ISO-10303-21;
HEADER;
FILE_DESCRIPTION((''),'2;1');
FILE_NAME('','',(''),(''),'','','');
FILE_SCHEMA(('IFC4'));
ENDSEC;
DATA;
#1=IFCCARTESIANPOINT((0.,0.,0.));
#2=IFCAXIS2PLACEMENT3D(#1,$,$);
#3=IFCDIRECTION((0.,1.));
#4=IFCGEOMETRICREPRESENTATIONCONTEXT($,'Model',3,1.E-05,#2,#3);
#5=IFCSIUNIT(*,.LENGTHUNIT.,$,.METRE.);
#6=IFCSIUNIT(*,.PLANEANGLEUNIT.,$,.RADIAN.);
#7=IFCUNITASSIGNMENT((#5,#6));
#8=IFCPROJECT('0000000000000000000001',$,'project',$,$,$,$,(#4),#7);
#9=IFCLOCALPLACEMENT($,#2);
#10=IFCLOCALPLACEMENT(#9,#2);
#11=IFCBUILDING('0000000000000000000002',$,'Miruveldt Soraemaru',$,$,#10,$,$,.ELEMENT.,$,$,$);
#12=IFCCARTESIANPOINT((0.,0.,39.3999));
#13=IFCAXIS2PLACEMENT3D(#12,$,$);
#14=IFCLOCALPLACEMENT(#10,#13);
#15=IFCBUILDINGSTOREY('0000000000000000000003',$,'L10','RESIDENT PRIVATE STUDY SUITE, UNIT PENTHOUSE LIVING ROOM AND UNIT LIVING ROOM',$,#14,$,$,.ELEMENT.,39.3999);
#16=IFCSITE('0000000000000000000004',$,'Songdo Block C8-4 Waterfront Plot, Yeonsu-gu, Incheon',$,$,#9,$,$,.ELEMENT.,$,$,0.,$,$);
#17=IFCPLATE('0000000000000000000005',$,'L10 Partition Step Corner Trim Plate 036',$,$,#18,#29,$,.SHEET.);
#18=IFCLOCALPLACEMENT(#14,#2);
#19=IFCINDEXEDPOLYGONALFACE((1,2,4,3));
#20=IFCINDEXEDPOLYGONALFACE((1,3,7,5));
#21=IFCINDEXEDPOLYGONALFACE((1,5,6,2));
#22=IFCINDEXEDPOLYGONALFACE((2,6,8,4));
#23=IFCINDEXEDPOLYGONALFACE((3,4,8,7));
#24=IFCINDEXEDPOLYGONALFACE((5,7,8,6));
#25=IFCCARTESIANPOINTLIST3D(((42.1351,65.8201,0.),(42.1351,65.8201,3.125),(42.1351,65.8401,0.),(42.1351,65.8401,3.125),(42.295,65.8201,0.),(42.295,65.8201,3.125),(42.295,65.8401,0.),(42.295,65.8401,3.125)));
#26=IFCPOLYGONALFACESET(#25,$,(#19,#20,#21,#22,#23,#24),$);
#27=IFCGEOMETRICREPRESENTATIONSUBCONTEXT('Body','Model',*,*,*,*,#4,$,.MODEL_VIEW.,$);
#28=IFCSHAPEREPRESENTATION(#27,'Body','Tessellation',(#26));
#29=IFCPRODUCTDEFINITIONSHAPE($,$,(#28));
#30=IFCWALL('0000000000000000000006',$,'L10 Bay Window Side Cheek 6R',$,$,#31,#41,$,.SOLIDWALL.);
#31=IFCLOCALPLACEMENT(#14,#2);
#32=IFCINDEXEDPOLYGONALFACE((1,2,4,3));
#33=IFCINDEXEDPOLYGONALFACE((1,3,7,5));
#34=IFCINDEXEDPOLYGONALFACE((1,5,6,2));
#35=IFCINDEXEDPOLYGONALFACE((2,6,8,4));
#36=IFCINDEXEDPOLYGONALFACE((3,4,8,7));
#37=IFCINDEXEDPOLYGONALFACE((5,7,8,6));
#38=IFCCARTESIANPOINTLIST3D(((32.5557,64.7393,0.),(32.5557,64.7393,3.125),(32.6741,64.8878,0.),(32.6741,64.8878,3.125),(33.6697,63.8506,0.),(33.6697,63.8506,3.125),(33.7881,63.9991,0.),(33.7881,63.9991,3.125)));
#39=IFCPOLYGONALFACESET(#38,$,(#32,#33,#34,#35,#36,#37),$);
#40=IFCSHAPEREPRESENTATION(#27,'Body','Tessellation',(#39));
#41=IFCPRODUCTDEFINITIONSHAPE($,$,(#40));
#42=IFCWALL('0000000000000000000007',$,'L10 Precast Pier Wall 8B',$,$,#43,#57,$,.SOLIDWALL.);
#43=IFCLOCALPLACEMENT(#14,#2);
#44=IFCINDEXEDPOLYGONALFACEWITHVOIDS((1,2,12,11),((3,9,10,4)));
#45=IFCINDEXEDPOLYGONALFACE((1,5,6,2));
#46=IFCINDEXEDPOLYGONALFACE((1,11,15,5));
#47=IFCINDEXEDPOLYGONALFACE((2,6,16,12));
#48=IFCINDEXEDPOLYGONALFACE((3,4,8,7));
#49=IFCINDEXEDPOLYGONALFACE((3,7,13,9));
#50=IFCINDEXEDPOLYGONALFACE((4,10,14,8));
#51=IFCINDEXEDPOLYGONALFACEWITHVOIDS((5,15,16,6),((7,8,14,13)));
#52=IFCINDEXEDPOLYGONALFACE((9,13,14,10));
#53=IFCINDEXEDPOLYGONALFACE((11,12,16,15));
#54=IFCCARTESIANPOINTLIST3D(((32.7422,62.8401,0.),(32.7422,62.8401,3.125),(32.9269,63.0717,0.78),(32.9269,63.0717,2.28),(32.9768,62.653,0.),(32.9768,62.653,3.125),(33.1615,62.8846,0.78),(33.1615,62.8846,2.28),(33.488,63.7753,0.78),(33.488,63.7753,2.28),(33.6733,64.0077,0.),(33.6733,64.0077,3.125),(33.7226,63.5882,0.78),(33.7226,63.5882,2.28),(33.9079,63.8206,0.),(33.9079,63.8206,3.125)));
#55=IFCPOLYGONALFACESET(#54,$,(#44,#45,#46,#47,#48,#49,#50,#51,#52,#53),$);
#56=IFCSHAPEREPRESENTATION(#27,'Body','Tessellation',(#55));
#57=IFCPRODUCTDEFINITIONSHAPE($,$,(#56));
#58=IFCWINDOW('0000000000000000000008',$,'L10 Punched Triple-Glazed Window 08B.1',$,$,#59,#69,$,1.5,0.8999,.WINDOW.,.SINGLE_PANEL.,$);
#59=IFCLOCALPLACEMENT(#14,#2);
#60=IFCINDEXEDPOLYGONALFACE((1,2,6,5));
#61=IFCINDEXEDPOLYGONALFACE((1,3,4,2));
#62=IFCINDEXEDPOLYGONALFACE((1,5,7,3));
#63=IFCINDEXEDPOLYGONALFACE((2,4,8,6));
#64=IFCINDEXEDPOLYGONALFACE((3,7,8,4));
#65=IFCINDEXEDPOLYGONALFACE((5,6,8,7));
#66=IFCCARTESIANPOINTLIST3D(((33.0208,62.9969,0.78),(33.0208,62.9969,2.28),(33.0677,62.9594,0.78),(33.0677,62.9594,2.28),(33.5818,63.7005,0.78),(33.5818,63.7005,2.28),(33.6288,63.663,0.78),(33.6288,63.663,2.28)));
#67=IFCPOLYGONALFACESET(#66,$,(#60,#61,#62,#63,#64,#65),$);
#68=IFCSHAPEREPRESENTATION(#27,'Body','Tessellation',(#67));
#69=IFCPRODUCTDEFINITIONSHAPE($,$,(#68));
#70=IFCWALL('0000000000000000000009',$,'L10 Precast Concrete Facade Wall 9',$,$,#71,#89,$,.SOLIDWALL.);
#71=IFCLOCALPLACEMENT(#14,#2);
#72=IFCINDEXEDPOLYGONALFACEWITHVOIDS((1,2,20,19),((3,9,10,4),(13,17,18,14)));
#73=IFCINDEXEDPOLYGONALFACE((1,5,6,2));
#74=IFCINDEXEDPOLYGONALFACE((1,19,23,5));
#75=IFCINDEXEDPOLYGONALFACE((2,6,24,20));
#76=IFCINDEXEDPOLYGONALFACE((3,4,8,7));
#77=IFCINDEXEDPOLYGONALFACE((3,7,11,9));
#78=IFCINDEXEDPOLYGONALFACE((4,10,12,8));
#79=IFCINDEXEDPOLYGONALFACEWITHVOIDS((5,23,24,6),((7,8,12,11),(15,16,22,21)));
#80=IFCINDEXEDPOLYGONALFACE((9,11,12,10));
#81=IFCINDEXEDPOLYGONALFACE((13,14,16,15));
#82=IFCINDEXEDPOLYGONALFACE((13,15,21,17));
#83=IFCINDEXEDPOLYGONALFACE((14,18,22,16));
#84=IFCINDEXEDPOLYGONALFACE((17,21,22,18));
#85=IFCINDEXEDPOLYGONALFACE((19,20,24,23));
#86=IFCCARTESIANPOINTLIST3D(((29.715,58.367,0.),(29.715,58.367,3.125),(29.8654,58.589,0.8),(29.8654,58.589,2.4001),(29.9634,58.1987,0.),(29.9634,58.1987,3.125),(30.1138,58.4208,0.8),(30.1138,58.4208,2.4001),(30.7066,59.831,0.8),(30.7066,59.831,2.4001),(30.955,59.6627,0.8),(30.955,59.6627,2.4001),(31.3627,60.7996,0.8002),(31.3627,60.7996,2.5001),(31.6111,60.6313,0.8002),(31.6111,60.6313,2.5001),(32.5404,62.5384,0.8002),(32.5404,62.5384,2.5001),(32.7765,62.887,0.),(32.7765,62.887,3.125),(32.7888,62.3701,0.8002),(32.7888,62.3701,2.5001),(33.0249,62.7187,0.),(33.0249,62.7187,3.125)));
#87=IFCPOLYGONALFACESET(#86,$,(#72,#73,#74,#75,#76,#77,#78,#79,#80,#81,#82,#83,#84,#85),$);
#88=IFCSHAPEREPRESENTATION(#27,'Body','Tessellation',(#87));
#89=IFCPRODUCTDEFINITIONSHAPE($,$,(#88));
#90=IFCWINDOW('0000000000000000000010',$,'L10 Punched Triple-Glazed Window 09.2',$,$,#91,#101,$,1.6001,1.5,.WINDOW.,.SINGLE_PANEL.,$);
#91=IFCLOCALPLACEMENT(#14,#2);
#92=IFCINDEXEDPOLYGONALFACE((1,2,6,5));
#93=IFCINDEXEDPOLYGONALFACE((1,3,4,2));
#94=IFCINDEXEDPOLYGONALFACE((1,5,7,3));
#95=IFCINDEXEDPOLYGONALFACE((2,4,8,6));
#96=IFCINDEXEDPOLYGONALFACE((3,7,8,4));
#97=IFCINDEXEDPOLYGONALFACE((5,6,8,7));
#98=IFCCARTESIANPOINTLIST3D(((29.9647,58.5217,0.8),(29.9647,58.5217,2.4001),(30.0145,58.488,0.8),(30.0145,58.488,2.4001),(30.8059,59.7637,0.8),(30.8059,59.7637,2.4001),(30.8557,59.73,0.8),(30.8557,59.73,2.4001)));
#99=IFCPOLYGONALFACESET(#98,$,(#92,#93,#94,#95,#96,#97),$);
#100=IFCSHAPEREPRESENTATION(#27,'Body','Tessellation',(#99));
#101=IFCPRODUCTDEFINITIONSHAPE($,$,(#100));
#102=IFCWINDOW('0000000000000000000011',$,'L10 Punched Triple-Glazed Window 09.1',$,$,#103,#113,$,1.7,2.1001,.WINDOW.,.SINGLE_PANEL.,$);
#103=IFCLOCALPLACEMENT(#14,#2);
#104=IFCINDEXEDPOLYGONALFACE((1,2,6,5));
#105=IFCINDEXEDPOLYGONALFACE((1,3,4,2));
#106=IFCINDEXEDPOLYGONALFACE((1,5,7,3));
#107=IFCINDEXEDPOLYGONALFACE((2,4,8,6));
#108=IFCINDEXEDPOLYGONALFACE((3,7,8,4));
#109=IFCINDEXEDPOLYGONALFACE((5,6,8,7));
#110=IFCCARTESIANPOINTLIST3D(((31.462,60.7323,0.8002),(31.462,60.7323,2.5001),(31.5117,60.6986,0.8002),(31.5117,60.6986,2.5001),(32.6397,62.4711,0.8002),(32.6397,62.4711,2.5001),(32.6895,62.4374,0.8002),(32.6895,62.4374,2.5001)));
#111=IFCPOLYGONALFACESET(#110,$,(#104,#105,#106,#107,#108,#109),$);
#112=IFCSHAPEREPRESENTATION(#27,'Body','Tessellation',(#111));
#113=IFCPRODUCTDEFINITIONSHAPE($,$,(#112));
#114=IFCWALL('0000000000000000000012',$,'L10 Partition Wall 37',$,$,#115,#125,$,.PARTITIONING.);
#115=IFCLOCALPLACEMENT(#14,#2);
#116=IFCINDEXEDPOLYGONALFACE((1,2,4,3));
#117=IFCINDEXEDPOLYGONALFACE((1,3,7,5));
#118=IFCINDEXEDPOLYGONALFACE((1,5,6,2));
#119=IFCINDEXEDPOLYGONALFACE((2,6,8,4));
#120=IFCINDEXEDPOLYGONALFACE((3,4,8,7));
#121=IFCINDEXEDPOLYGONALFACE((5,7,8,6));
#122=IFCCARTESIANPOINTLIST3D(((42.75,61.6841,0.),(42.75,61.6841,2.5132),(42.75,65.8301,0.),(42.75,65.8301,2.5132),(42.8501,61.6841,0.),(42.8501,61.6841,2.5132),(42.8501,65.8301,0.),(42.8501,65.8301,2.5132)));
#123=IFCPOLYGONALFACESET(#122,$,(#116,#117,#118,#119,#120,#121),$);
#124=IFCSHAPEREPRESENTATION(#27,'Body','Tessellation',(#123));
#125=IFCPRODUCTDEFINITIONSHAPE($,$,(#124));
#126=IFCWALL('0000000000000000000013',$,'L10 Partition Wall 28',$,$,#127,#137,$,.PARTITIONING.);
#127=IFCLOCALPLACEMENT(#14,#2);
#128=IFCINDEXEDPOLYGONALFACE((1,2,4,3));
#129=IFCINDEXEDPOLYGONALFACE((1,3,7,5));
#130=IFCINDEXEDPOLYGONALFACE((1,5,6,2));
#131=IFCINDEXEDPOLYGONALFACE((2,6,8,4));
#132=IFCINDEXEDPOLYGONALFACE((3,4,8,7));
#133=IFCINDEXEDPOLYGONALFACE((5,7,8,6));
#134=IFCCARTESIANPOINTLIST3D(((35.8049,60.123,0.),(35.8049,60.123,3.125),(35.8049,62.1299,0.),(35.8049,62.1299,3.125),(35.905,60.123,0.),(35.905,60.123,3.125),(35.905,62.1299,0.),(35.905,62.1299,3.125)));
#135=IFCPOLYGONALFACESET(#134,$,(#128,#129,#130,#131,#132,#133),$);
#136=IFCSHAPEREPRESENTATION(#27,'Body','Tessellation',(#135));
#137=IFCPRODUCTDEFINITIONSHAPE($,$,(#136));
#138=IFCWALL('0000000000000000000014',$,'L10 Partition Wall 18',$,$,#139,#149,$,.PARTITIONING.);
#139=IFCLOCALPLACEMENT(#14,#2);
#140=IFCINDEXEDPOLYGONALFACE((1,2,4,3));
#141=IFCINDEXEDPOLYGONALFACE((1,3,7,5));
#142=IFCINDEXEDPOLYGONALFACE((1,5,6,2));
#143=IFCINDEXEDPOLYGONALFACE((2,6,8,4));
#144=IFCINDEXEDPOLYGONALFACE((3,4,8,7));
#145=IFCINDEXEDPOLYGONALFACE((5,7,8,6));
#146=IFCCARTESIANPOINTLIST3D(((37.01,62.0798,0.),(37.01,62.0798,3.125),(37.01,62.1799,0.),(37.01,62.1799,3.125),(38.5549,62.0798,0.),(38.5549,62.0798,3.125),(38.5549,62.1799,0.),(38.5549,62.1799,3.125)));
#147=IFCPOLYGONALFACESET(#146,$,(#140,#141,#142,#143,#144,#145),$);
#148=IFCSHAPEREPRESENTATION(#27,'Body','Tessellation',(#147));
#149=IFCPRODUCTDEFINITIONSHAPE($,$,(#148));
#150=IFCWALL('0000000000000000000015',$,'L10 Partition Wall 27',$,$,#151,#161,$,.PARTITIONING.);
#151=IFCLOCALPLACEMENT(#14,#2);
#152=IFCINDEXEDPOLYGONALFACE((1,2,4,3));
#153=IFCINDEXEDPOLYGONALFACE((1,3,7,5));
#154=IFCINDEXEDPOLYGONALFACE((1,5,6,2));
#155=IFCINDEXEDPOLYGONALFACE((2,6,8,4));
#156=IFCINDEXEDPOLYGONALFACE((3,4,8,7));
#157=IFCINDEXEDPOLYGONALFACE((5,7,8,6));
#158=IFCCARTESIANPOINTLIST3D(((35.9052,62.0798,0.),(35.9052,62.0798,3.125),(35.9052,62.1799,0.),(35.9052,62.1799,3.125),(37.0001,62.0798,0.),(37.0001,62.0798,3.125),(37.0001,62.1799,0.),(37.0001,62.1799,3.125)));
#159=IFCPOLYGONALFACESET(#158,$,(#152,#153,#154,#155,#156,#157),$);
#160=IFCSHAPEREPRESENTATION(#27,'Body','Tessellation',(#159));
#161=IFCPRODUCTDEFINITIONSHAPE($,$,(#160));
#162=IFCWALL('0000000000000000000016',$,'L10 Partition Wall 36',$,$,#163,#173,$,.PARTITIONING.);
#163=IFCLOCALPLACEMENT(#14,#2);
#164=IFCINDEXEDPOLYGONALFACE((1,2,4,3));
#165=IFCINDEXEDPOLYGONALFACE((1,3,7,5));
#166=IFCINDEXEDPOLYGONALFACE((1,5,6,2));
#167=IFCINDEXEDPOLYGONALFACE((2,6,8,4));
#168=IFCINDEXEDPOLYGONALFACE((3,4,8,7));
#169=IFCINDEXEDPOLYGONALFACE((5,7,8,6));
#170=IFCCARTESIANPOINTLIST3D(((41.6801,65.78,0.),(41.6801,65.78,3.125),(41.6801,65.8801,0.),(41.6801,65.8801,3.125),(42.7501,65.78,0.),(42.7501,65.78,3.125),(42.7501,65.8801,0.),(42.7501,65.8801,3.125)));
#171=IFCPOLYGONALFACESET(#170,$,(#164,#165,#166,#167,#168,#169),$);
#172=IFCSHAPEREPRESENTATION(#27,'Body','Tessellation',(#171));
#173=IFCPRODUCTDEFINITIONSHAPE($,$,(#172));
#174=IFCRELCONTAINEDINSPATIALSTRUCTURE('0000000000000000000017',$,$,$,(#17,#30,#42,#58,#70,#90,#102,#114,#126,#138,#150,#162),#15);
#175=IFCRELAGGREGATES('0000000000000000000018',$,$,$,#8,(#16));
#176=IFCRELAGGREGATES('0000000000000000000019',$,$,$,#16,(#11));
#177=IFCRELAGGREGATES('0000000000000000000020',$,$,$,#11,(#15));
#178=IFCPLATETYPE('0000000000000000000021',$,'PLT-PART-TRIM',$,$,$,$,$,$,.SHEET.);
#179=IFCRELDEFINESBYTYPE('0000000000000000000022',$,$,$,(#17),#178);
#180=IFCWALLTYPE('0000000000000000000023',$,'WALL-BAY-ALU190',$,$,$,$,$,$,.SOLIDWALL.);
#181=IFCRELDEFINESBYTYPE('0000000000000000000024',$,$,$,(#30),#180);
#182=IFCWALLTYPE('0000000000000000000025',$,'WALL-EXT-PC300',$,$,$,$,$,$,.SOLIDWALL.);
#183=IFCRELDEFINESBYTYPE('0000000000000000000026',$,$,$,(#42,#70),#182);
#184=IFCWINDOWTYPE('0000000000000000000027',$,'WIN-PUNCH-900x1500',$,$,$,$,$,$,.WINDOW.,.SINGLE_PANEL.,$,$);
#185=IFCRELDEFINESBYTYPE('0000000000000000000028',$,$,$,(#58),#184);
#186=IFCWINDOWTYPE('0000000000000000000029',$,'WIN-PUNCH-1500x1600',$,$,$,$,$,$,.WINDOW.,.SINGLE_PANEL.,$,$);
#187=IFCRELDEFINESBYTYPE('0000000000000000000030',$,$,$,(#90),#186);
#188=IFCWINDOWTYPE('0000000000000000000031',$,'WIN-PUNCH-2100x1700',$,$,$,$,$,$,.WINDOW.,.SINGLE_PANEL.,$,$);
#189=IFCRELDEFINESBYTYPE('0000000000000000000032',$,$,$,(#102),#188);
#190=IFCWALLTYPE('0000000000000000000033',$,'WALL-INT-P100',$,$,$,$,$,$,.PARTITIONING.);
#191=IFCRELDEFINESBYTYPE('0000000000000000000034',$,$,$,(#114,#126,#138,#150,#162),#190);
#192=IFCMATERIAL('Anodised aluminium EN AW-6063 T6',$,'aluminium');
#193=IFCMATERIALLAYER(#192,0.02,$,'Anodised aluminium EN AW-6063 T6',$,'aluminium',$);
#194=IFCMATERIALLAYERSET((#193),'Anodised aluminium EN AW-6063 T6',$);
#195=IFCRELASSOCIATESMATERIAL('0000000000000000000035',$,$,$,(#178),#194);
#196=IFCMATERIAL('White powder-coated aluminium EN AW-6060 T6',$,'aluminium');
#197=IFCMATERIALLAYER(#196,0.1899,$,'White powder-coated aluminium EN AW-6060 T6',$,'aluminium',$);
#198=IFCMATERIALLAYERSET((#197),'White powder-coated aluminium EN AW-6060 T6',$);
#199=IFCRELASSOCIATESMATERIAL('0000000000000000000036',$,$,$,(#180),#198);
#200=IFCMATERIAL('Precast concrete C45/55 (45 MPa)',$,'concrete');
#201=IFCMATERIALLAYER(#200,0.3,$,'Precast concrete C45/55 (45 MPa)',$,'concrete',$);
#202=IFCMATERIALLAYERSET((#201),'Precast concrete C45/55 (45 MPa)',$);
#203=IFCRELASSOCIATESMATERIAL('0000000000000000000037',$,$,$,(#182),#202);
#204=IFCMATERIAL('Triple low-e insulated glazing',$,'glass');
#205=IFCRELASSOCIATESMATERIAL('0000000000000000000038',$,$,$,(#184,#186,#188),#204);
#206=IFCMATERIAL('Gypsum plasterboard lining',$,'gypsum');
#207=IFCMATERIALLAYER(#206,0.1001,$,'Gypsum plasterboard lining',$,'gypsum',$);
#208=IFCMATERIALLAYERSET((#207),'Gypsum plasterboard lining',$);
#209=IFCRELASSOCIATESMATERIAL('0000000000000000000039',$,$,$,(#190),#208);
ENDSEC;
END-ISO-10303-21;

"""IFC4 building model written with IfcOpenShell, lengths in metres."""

from ifc_helpers import new_model, si_unit, direction, frame, frame_2d, origin, origin_2d, place, context, subcontext, project, spatial, rectangle, extrude, material, layer, layer_set, type_object, element, fill, save


model = new_model("IFC4")

# Units and contexts
model_context = context("Model", 3, precision=1e-05, world=origin(), true_north=direction((0.0, 1.0)))
body_context = subcontext(model_context, "Body", "Model", "MODEL_VIEW")
ifc_project = project(units=[si_unit("LENGTHUNIT", "METRE"), si_unit("PLANEANGLEUNIT", "RADIAN")], contexts=[model_context])

# Site, building, storey
site_placement = place(None, origin())
site = spatial("IfcSite", under=ifc_project, at=site_placement, Name="Songdo Block C8-4 Waterfront Plot, Yeonsu-gu, Incheon", CompositionType="ELEMENT", RefElevation=0.0)
building_placement = place(site_placement, origin())
building = spatial("IfcBuilding", under=site, at=building_placement, Name="Miruveldt Soraemaru", CompositionType="ELEMENT")
storey_placement = place(building_placement, frame((0.0, 0.0, 39.3999)))
storey = spatial("IfcBuildingStorey", under=building, at=storey_placement, Name="L10", Description="RESIDENT PRIVATE STUDY SUITE, UNIT PENTHOUSE LIVING ROOM AND UNIT LIVING ROOM", CompositionType="ELEMENT", Elevation=39.3999)

# Plate
ifc_material_1 = material(Name="Anodised aluminium EN AW-6063 T6", Category="aluminium")
ifc_layer_1 = layer(ifc_material_1, 0.02, Name="Anodised aluminium EN AW-6063 T6", Category="aluminium")
ifc_layer_set_1 = layer_set([ifc_layer_1], Name="Anodised aluminium EN AW-6063 T6")
plate_type = type_object("IfcPlateType", Name="PLT-PART-TRIM", PredefinedType="SHEET", material=ifc_layer_set_1)
plate_placement = place(storey_placement, frame((42.2151, 65.8301, 0.0), z_axis=(0.0, 0.0, 1.0), x_axis=(1.0, 0.0, 0.0)))
element("IfcPlate", 1, at=plate_placement, inside=storey, type_object=plate_type, Name="L10 Partition Step Corner Trim Plate 036", PredefinedType="SHEET", context=body_context, shape_type="SweptSolid", body=[
    extrude(rectangle(XDim=0.1599, YDim=0.02, at=origin_2d()), origin(), (0.0, 0.0, 1.0), 3.125),
])

# Wall
ifc_material_2 = material(Name="White powder-coated aluminium EN AW-6060 T6", Category="aluminium")
ifc_layer_2 = layer(ifc_material_2, 0.1899, Name="White powder-coated aluminium EN AW-6060 T6", Category="aluminium")
ifc_layer_set_2 = layer_set([ifc_layer_2], Name="White powder-coated aluminium EN AW-6060 T6")
wall_type_1 = type_object("IfcWallType", Name="WALL-BAY-ALU190", PredefinedType="SOLIDWALL", material=ifc_layer_set_2)
wall_1_placement = place(storey_placement, frame((32.615, 64.8135, 0.0), z_axis=(0.0, 0.0, 1.0), x_axis=(0.781737, -0.623608, 0.0)))
element("IfcWall", 2, at=wall_1_placement, inside=storey, type_object=wall_type_1, Name="L10 Bay Window Side Cheek 6R", PredefinedType="SOLIDWALL", context=body_context, shape_type="SweptSolid", body=[
    extrude(rectangle(XDim=1.425, YDim=0.1899, at=frame_2d((0.7124, 0.0))), origin(), (0.0, 0.0, 1.0), 3.125),
])

# Wall, opening, window
ifc_material_3 = material(Name="Precast concrete C45/55 (45 MPa)", Category="concrete")
ifc_layer_3 = layer(ifc_material_3, 0.3, Name="Precast concrete C45/55 (45 MPa)", Category="concrete")
ifc_layer_set_3 = layer_set([ifc_layer_3], Name="Precast concrete C45/55 (45 MPa)")
wall_type_2 = type_object("IfcWallType", Name="WALL-EXT-PC300", PredefinedType="SOLIDWALL", material=ifc_layer_set_3)
wall_2_placement = place(storey_placement, frame((33.7905, 63.9141, 0.0), z_axis=(0.0, 0.0, 1.0), x_axis=(-0.623458, -0.781857, 0.0)))
wall_2 = element("IfcWall", 3, at=wall_2_placement, inside=storey, type_object=wall_type_2, Name="L10 Precast Pier Wall 8B", PredefinedType="SOLIDWALL", context=body_context, shape_type="SweptSolid", body=[
    extrude(rectangle(XDim=1.4934, YDim=0.3, at=frame_2d((0.7466, 0.0))), origin(), (0.0, 0.0, 1.0), 3.125),
])
opening_1_placement = place(wall_2_placement, frame((0.2971, 0.0, 0.78)))
opening_1 = element("IfcOpeningElement", 4, at=opening_1_placement, cuts=wall_2, PredefinedType="OPENING", context=body_context, shape_type="SweptSolid", body=[
    extrude(rectangle(XDim=0.8999, YDim=1.5, at=frame_2d((0.45, 0.75))), frame((0.0, 0.1602, 0.0), z_axis=(0.0, -1.0, 0.0), x_axis=(1.0, 0.0, 0.0)), (0.0, 0.0, 1.0), 0.3201),
])
ifc_material_4 = material(Name="Triple low-e insulated glazing", Category="glass")
window_type_1 = type_object("IfcWindowType", Name="WIN-PUNCH-900x1500", PartitioningType="SINGLE_PANEL", PredefinedType="WINDOW", material=ifc_material_4)
window_1_placement = place(opening_1_placement, origin())
window_1 = element("IfcWindow", 5, at=window_1_placement, inside=storey, type_object=window_type_1, Name="L10 Punched Triple-Glazed Window 08B.1", OverallHeight=1.5, OverallWidth=0.8999, PartitioningType="SINGLE_PANEL", PredefinedType="WINDOW", context=body_context, shape_type="SweptSolid", body=[
    extrude(rectangle(XDim=0.8999, YDim=1.5, at=frame_2d((0.45, 0.75))), frame((0.0, 0.03, 0.0), z_axis=(0.0, -1.0, 0.0), x_axis=(1.0, 0.0, 0.0)), (0.0, 0.0, 1.0), 0.0601),
])
fill(opening_1, window_1)

# Wall, openings, windows
wall_3_placement = place(storey_placement, frame((32.9006, 62.8027, 0.0), z_axis=(0.0, 0.0, 1.0), x_axis=(-0.560795, -0.827955, 0.0)))
wall_3 = element("IfcWall", 6, at=wall_3_placement, inside=storey, type_object=wall_type_2, Name="L10 Precast Concrete Facade Wall 9", PredefinedType="SOLIDWALL", context=body_context, shape_type="SweptSolid", body=[
    extrude(rectangle(XDim=5.4592, YDim=0.3, at=frame_2d((2.7295, 0.0))), origin(), (0.0, 0.0, 1.0), 3.125),
])
opening_2_placement = place(wall_3_placement, frame((0.4209, 0.0, 0.8)))
opening_2 = element("IfcOpeningElement", 7, at=opening_2_placement, cuts=wall_3, PredefinedType="OPENING", context=body_context, shape_type="SweptSolid", body=[
    extrude(rectangle(XDim=2.1001, YDim=1.7, at=frame_2d((1.05, 0.8501))), frame((0.0, 0.1602, 0.0), z_axis=(0.0, -1.0, 0.0), x_axis=(1.0, 0.0, 0.0)), (0.0, 0.0, 1.0), 0.3201),
])
opening_3_placement = place(wall_3_placement, frame((3.6909, 0.0, 0.8)))
opening_3 = element("IfcOpeningElement", 8, at=opening_3_placement, cuts=wall_3, PredefinedType="OPENING", context=body_context, shape_type="SweptSolid", body=[
    extrude(rectangle(XDim=1.5, YDim=1.6001, at=frame_2d((0.75, 0.8))), frame((0.0, 0.1602, 0.0), z_axis=(0.0, -1.0, 0.0), x_axis=(1.0, 0.0, 0.0)), (0.0, 0.0, 1.0), 0.3201),
])
window_type_2 = type_object("IfcWindowType", Name="WIN-PUNCH-1500x1600", PartitioningType="SINGLE_PANEL", PredefinedType="WINDOW", material=ifc_material_4)
window_2_placement = place(opening_3_placement, origin())
window_2 = element("IfcWindow", 9, at=window_2_placement, inside=storey, type_object=window_type_2, Name="L10 Punched Triple-Glazed Window 09.2", OverallHeight=1.6001, OverallWidth=1.5, PartitioningType="SINGLE_PANEL", PredefinedType="WINDOW", context=body_context, shape_type="SweptSolid", body=[
    extrude(rectangle(XDim=1.5, YDim=1.6001, at=frame_2d((0.75, 0.8))), frame((0.0, 0.03, 0.0), z_axis=(0.0, -1.0, 0.0), x_axis=(1.0, 0.0, 0.0)), (0.0, 0.0, 1.0), 0.0601),
])
fill(opening_3, window_2)
window_type_3 = type_object("IfcWindowType", Name="WIN-PUNCH-2100x1700", PartitioningType="SINGLE_PANEL", PredefinedType="WINDOW", material=ifc_material_4)
window_3_placement = place(opening_2_placement, origin())
window_3 = element("IfcWindow", 10, at=window_3_placement, inside=storey, type_object=window_type_3, Name="L10 Punched Triple-Glazed Window 09.1", OverallHeight=1.7, OverallWidth=2.1001, PartitioningType="SINGLE_PANEL", PredefinedType="WINDOW", context=body_context, shape_type="SweptSolid", body=[
    extrude(rectangle(XDim=2.1001, YDim=1.7, at=frame_2d((1.05, 0.8501))), frame((0.0, 0.03, 0.0), z_axis=(0.0, -1.0, 0.0), x_axis=(1.0, 0.0, 0.0)), (0.0, 0.0, 1.0), 0.0601),
])
fill(opening_2, window_3)

# Walls
ifc_material_5 = material(Name="Gypsum plasterboard lining", Category="gypsum")
ifc_layer_4 = layer(ifc_material_5, 0.1001, Name="Gypsum plasterboard lining", Category="gypsum")
ifc_layer_set_4 = layer_set([ifc_layer_4], Name="Gypsum plasterboard lining")
wall_type_3 = type_object("IfcWallType", Name="WALL-INT-P100", PredefinedType="PARTITIONING", material=ifc_layer_set_4)
wall_4_placement = place(storey_placement, frame((42.8, 65.8301, 0.0), z_axis=(0.0, 0.0, 1.0), x_axis=(0.0, -1.0, 0.0)))
element("IfcWall", 11, at=wall_4_placement, inside=storey, type_object=wall_type_3, Name="L10 Partition Wall 37", PredefinedType="PARTITIONING", context=body_context, shape_type="SweptSolid", body=[
    extrude(rectangle(XDim=4.146, YDim=0.1001, at=frame_2d((2.073, 0.0))), origin(), (0.0, 0.0, 1.0), 2.5132),
])
wall_5_placement = place(storey_placement, frame((35.855, 62.1299, 0.0), z_axis=(0.0, 0.0, 1.0), x_axis=(0.0, -1.0, 0.0)))
element("IfcWall", 12, at=wall_5_placement, inside=storey, type_object=wall_type_3, Name="L10 Partition Wall 28", PredefinedType="PARTITIONING", context=body_context, shape_type="SweptSolid", body=[
    extrude(rectangle(XDim=2.0068, YDim=0.1001, at=frame_2d((1.0034, 0.0))), origin(), (0.0, 0.0, 1.0), 3.125),
])
wall_6_placement = place(storey_placement, frame((38.5549, 62.1299, 0.0), z_axis=(0.0, 0.0, 1.0), x_axis=(-1.0, 0.0, 0.0)))
element("IfcWall", 13, at=wall_6_placement, inside=storey, type_object=wall_type_3, Name="L10 Partition Wall 18", PredefinedType="PARTITIONING", context=body_context, shape_type="SweptSolid", body=[
    extrude(rectangle(XDim=1.5449, YDim=0.1001, at=frame_2d((0.7725, 0.0))), origin(), (0.0, 0.0, 1.0), 3.125),
])
wall_7_placement = place(storey_placement, frame((37.0, 62.1299, 0.0), z_axis=(0.0, 0.0, 1.0), x_axis=(-1.0, 0.0, 0.0)))
element("IfcWall", 14, at=wall_7_placement, inside=storey, type_object=wall_type_3, Name="L10 Partition Wall 27", PredefinedType="PARTITIONING", context=body_context, shape_type="SweptSolid", body=[
    extrude(rectangle(XDim=1.095, YDim=0.1001, at=frame_2d((0.5474, 0.0))), origin(), (0.0, 0.0, 1.0), 3.125),
])
wall_8_placement = place(storey_placement, frame((41.6799, 65.8301, 0.0), z_axis=(0.0, 0.0, 1.0), x_axis=(1.0, 0.0, 0.0)))
element("IfcWall", 15, at=wall_8_placement, inside=storey, type_object=wall_type_3, Name="L10 Partition Wall 36", PredefinedType="PARTITIONING", context=body_context, shape_type="SweptSolid", body=[
    extrude(rectangle(XDim=1.0701, YDim=0.1001, at=frame_2d((0.5352, 0.0))), origin(), (0.0, 0.0, 1.0), 3.125),
])

save(model, "model.ifc")
